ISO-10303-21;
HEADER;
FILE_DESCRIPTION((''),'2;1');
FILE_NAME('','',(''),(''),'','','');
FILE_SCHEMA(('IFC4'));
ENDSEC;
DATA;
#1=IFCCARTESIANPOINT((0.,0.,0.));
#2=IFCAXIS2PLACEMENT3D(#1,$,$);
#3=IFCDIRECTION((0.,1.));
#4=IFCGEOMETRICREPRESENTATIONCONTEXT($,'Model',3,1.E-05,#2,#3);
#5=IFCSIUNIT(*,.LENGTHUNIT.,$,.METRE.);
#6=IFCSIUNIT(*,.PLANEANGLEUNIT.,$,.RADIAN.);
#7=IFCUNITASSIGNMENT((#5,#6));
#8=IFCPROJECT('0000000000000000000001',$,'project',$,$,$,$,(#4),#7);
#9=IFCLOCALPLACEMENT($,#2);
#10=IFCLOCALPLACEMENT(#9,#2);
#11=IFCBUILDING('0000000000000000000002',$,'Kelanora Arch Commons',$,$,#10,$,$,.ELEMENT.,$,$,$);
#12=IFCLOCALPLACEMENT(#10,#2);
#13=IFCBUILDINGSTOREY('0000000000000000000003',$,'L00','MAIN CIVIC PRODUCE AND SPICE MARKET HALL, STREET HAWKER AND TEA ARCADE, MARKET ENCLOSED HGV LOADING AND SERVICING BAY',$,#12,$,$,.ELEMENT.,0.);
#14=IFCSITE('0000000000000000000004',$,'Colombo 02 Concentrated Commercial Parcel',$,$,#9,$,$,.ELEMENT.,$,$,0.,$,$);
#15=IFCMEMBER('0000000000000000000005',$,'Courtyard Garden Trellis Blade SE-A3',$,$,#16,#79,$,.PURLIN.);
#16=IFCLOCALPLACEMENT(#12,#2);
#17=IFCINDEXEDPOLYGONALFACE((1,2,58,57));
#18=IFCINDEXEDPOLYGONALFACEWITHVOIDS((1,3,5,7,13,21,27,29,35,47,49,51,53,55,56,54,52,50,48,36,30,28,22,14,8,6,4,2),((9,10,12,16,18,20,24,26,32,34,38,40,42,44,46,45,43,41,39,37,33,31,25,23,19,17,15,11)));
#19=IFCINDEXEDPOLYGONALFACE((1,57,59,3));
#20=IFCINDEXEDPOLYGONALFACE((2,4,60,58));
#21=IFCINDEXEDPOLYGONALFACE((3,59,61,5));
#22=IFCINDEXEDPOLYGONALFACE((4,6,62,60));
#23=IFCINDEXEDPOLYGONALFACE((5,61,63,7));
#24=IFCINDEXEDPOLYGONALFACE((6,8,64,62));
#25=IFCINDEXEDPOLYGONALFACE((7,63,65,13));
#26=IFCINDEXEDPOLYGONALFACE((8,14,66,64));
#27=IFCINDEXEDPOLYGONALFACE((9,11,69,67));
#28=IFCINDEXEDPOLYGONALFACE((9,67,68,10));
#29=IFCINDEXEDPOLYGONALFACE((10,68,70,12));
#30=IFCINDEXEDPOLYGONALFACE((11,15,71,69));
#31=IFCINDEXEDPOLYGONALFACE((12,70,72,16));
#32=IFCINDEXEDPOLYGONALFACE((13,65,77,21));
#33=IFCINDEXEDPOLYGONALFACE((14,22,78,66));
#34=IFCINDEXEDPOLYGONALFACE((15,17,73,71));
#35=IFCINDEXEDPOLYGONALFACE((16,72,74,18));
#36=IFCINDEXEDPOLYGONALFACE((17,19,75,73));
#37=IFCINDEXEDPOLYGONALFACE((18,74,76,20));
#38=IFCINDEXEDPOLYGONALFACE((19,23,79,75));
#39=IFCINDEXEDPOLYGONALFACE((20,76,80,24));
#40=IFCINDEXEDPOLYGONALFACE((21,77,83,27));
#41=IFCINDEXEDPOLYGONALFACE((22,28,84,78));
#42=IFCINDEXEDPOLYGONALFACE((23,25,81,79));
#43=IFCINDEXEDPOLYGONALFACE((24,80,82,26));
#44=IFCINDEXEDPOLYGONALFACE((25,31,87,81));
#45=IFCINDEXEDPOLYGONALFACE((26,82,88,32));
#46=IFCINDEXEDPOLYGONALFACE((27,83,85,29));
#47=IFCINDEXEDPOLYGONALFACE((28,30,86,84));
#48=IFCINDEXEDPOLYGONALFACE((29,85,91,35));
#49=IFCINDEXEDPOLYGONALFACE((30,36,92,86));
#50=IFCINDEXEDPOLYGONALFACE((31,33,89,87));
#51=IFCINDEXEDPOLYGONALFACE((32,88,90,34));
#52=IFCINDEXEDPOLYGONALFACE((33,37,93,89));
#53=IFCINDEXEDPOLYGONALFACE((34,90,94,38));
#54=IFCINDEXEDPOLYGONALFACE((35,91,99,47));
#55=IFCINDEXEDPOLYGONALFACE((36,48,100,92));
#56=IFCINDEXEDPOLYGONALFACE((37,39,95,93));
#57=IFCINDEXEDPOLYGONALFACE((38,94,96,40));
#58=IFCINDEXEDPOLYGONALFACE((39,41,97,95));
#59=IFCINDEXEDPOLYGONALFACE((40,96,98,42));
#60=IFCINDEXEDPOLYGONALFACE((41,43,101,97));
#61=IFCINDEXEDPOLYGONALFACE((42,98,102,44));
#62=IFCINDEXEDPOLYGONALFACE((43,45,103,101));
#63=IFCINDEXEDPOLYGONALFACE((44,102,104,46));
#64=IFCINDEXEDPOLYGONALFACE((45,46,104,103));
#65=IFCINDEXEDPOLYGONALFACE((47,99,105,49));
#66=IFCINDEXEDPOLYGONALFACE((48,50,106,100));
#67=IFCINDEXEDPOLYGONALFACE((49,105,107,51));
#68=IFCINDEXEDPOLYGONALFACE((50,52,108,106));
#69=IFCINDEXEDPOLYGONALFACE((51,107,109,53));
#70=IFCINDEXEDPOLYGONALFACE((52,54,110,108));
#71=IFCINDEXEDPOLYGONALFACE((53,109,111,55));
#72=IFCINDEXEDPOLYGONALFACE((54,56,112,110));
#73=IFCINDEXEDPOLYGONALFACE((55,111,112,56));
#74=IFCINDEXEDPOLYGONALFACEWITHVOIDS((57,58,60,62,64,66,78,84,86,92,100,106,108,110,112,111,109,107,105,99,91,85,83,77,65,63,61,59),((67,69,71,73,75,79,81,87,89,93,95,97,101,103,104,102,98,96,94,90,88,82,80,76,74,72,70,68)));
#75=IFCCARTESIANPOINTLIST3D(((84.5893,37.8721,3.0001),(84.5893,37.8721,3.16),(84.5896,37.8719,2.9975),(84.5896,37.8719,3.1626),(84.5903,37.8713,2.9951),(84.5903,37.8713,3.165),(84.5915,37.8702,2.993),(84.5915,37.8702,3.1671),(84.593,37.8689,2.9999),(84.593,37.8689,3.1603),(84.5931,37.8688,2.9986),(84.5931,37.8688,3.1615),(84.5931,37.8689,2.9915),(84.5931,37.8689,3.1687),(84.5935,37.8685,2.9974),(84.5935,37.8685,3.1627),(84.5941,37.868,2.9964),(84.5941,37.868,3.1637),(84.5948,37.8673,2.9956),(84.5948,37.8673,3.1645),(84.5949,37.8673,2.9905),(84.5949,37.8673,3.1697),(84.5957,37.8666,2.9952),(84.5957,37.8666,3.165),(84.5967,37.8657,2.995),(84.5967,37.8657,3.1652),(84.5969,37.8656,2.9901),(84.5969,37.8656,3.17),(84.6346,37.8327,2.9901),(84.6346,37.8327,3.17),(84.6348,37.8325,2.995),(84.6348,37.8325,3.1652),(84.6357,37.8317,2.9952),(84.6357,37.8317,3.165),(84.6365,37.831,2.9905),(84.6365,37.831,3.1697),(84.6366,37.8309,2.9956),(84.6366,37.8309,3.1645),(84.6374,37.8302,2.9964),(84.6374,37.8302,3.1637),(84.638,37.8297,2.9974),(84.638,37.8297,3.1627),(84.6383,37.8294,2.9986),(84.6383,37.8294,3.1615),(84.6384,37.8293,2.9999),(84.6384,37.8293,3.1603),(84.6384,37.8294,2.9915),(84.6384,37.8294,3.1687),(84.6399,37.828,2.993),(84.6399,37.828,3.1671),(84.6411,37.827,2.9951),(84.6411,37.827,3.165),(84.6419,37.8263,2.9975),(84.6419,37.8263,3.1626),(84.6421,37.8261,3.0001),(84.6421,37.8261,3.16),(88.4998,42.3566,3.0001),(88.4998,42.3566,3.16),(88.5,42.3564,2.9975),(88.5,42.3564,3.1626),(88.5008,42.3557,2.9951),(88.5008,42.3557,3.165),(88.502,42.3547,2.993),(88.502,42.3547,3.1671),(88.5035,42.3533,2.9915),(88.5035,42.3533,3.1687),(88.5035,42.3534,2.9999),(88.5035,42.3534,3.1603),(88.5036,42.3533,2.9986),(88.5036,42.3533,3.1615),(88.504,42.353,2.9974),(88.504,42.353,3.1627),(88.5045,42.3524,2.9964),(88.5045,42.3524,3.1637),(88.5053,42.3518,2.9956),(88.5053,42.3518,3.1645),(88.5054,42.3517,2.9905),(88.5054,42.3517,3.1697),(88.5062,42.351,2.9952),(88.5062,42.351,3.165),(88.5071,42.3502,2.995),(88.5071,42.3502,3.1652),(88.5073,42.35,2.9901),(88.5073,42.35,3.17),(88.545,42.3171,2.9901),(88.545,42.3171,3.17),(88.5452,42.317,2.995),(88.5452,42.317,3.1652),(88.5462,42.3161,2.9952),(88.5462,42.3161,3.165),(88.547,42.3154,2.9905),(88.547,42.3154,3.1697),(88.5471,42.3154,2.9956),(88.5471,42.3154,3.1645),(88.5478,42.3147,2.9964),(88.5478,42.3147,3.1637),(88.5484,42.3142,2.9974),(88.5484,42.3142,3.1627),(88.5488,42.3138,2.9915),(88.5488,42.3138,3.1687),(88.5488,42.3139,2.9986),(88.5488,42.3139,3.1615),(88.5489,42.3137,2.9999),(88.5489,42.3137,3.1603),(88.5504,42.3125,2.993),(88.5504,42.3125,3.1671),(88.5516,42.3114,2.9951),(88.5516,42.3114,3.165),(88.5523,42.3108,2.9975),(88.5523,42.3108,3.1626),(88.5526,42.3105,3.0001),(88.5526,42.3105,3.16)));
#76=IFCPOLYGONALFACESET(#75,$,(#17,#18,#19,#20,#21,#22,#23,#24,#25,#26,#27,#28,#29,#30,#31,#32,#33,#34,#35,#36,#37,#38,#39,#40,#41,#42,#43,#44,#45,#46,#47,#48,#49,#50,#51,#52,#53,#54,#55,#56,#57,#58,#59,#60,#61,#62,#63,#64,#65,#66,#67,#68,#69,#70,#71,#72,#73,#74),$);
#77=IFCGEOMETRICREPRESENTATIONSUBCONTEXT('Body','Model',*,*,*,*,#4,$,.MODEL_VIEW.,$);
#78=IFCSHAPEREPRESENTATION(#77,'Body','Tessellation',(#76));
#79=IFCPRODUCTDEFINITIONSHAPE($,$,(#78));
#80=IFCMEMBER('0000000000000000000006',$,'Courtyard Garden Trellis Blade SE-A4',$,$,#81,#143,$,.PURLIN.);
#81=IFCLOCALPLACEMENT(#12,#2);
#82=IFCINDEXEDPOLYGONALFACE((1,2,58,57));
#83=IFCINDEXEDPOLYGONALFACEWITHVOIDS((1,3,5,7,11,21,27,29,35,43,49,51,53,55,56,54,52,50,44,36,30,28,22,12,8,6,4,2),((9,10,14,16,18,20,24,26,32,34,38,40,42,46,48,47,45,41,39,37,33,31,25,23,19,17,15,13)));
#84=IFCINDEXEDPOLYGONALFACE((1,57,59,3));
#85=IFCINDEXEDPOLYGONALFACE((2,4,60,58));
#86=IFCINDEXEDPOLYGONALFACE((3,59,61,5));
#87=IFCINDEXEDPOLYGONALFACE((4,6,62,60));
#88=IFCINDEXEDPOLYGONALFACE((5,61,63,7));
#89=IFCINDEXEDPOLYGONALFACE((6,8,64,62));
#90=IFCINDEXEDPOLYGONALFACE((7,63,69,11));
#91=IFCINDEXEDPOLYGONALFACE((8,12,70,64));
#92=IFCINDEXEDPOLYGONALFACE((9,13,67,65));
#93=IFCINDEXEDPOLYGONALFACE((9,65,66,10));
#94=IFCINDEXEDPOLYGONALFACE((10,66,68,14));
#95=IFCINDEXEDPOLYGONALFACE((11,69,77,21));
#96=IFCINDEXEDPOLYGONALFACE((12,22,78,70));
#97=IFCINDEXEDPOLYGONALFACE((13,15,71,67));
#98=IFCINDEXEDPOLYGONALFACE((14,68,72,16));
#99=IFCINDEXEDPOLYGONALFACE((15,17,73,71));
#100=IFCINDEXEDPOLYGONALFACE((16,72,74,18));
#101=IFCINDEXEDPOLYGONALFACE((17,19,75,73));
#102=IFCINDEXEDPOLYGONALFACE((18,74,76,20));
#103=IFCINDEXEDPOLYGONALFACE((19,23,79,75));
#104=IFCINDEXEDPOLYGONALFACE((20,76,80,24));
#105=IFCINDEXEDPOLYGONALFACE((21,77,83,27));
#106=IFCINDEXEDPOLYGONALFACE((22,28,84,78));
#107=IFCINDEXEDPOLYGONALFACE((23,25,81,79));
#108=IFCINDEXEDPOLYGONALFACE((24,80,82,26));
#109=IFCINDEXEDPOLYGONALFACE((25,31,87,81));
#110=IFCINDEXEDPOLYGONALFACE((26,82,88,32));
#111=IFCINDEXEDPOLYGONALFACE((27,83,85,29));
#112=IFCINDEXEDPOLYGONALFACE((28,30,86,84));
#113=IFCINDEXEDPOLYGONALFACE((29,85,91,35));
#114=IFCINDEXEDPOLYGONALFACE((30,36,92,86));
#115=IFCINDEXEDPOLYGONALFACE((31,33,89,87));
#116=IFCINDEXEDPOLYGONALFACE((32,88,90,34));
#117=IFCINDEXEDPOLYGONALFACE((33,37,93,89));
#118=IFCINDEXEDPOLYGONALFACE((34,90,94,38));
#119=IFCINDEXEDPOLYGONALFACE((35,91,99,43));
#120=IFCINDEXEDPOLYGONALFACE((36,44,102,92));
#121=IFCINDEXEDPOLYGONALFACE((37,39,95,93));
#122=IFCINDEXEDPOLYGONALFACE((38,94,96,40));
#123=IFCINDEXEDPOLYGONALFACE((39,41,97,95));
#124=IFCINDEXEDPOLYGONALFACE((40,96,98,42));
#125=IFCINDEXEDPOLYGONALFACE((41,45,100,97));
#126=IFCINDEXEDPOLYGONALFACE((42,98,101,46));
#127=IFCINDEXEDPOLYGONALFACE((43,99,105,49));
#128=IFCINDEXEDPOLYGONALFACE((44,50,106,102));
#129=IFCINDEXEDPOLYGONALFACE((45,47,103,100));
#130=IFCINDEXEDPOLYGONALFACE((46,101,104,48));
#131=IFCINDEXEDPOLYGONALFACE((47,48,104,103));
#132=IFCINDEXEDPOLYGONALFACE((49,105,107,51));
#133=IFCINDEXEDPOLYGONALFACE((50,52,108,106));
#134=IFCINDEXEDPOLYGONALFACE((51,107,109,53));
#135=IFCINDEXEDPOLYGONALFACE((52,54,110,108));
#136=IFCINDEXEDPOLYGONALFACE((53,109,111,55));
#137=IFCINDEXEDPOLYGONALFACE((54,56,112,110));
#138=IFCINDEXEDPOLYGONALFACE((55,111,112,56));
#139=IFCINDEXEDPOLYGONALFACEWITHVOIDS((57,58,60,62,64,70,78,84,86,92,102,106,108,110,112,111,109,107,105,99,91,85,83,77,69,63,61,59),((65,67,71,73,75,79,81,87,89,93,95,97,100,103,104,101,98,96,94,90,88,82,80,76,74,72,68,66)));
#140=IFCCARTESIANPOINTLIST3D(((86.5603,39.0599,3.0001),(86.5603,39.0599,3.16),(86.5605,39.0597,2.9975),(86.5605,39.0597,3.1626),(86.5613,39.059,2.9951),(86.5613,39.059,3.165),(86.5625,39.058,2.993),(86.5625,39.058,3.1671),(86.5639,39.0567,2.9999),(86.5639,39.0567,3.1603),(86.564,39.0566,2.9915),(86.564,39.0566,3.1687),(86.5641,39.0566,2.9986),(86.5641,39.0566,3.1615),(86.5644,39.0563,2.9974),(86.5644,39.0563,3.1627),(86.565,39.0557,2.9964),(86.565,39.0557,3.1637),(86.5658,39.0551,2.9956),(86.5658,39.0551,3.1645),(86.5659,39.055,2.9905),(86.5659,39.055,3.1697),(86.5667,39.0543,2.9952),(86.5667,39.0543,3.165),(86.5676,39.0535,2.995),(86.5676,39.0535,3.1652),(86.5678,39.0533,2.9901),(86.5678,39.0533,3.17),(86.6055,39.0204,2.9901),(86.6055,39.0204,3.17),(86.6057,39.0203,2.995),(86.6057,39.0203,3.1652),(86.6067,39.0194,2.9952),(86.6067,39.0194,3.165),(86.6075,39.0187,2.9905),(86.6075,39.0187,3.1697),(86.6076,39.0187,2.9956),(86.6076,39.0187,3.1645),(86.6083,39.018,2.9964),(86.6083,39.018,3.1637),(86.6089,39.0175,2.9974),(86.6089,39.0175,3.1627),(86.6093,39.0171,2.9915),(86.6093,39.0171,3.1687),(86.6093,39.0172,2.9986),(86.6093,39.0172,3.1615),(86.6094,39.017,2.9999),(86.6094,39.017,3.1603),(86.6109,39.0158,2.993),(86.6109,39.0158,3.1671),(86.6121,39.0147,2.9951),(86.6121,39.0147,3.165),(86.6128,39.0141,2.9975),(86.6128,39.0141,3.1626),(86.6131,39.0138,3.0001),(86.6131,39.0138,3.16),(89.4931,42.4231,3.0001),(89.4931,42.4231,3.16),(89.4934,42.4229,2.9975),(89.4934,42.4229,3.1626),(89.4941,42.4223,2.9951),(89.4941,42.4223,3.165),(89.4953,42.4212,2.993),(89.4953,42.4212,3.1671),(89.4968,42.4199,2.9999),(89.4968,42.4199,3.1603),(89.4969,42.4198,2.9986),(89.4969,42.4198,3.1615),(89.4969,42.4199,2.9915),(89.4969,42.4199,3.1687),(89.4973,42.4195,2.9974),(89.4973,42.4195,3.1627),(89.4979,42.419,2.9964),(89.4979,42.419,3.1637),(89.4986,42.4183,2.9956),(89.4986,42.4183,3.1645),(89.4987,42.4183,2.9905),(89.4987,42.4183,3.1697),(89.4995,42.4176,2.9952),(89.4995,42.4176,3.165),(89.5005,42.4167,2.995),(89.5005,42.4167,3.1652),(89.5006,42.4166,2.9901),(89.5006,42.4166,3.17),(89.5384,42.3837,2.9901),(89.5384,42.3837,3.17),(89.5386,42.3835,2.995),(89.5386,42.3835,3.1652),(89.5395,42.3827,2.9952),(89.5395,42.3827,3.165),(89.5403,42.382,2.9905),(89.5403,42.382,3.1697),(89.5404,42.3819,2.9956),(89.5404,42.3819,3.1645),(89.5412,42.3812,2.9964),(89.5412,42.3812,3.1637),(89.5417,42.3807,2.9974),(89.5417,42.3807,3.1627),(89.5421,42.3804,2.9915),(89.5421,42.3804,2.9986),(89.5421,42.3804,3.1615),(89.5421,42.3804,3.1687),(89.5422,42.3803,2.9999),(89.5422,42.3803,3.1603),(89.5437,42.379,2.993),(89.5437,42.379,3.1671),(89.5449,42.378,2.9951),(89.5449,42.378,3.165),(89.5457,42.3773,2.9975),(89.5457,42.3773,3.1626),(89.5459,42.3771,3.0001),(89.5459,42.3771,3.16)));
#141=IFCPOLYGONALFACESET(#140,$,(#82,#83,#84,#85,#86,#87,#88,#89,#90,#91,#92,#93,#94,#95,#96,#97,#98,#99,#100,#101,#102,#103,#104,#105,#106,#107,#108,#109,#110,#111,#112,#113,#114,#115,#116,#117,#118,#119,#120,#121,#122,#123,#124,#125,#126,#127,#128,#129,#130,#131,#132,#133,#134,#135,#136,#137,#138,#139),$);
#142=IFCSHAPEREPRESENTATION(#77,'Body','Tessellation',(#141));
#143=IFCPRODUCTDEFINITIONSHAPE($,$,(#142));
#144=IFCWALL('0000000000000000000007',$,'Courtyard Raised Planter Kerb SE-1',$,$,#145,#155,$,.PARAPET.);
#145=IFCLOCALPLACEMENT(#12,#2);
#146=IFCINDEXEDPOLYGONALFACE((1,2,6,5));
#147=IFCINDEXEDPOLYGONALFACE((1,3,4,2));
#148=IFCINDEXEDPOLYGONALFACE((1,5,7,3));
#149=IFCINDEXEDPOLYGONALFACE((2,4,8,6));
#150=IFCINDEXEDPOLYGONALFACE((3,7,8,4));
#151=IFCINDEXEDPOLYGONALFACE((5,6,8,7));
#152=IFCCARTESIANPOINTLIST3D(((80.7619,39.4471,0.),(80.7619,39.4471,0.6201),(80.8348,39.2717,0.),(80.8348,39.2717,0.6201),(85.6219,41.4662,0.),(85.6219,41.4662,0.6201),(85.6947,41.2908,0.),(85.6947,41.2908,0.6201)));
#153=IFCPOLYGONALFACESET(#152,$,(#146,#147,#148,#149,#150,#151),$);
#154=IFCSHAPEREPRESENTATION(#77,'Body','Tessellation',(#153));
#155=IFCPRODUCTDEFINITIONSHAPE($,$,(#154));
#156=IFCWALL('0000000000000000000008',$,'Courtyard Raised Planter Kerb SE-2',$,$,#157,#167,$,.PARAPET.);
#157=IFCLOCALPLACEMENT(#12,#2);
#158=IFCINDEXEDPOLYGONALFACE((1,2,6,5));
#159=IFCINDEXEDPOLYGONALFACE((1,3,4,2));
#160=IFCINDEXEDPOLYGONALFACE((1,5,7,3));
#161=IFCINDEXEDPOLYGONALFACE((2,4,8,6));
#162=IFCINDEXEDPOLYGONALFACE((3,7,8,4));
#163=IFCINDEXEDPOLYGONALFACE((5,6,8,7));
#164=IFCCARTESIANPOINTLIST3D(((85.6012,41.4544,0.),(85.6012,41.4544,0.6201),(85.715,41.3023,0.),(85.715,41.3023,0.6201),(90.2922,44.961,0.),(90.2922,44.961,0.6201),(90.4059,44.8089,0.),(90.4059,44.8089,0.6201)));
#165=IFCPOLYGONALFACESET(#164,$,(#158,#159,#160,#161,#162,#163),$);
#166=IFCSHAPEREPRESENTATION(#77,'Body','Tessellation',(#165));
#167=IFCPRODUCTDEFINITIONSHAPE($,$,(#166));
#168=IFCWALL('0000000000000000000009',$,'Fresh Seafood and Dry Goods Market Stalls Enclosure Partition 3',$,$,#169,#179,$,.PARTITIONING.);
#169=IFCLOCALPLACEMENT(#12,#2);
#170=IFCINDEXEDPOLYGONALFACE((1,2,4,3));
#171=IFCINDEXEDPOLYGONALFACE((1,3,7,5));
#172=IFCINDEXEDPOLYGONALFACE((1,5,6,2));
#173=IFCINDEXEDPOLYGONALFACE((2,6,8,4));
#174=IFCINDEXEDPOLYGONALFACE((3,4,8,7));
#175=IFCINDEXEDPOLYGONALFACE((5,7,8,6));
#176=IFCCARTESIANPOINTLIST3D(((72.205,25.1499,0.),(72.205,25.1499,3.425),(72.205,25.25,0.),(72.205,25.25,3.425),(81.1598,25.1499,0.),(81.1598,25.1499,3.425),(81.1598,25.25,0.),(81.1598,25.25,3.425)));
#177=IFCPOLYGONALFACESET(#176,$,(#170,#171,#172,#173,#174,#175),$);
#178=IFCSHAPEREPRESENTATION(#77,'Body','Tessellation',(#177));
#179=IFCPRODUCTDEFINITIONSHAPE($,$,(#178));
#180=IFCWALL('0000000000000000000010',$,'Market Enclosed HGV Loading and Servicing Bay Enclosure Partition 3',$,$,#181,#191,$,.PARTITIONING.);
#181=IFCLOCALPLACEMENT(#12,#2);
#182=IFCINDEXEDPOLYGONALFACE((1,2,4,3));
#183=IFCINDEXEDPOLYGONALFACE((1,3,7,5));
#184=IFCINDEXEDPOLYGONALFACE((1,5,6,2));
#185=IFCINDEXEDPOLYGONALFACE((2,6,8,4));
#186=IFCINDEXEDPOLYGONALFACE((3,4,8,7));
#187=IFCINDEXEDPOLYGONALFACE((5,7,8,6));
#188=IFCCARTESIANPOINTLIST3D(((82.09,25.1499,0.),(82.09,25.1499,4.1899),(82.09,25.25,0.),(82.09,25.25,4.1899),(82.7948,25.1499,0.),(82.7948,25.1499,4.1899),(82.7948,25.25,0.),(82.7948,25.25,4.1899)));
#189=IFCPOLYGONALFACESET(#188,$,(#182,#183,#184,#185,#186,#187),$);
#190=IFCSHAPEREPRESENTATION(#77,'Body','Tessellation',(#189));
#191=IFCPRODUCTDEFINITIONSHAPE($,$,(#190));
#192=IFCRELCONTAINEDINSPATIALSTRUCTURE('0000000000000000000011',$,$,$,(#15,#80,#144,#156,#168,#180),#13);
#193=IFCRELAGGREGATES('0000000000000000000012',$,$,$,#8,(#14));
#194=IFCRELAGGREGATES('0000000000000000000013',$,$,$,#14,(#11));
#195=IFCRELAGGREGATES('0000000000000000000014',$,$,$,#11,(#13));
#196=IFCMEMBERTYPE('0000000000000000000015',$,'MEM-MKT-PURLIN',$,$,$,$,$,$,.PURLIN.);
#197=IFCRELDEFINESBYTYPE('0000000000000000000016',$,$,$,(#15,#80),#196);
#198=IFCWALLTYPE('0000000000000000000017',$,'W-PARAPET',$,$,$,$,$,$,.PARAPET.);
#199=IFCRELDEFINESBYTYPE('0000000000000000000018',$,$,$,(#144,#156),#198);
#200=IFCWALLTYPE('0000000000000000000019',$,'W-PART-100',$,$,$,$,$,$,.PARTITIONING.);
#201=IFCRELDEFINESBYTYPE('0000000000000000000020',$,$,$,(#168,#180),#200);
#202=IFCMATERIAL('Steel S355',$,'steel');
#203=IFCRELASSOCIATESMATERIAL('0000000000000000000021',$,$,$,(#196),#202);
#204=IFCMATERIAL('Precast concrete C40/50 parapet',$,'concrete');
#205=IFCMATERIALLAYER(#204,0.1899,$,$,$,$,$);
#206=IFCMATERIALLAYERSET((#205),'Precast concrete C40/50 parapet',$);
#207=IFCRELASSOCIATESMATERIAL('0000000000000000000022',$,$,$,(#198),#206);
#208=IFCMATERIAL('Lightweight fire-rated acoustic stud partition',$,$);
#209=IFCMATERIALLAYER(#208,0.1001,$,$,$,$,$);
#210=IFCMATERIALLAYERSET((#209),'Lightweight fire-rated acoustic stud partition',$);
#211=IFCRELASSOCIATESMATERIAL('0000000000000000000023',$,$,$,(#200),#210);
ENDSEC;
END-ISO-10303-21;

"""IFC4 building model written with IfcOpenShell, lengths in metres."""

from ifc_helpers import new_model, si_unit, direction, frame, frame_2d, origin, origin_2d, place, context, subcontext, project, spatial, rectangle, hollow_rectangle, extrude, material, layer, layer_set, material_profile, profile_set, type_object, element, save


model = new_model("IFC4")

# Units and contexts
model_context = context("Model", 3, precision=1e-05, world=origin(), true_north=direction((0.0, 1.0)))
body_context = subcontext(model_context, "Body", "Model", "MODEL_VIEW")
ifc_project = project(units=[si_unit("LENGTHUNIT", "METRE"), si_unit("PLANEANGLEUNIT", "RADIAN")], contexts=[model_context])

# Site, building, storey
site_placement = place(None, origin())
site = spatial("IfcSite", under=ifc_project, at=site_placement, Name="Colombo 02 Concentrated Commercial Parcel", CompositionType="ELEMENT", RefElevation=0.0)
building_placement = place(site_placement, origin())
building = spatial("IfcBuilding", under=site, at=building_placement, Name="Kelanora Arch Commons", CompositionType="ELEMENT")
storey_placement = place(building_placement, origin())
storey = spatial("IfcBuildingStorey", under=building, at=storey_placement, Name="L00", Description="MAIN CIVIC PRODUCE AND SPICE MARKET HALL, STREET HAWKER AND TEA ARCADE, MARKET ENCLOSED HGV LOADING AND SERVICING BAY", CompositionType="ELEMENT", Elevation=0.0)

# Shared definitions
ifc_material_1 = material(Name="Steel S355", Category="steel")

# Members
ifc_material_profile_1 = material_profile(ifc_material_1, hollow_rectangle(XDim=0.0701, YDim=0.1799, WallThickness=0.0049, InnerFilletRadius=0.0049, OuterFilletRadius=0.01, at=origin_2d()), Name="RHS180x70x5")
ifc_profile_set_1 = profile_set([ifc_material_profile_1], Name="Steel S355")
member_type_1 = type_object("IfcMemberType", Name="MEM-MKT-PURLIN", PredefinedType="PURLIN", material=ifc_profile_set_1)
member_1_placement = place(storey_placement, frame((84.6157, 37.8491, 3.0801), z_axis=(0.657225, 0.753694, 0.0), x_axis=(-0.753694, 0.657225, 0.0)))
element("IfcMember", 1, at=member_1_placement, inside=storey, type_object=member_type_1, Name="Courtyard Garden Trellis Blade SE-A3", PredefinedType="PURLIN", context=body_context, shape_type="SweptSolid", body=[
    extrude(hollow_rectangle(XDim=0.0701, YDim=0.1799, WallThickness=0.0049, InnerFilletRadius=0.0049, OuterFilletRadius=0.01, at=origin_2d()), origin(), (0.0, 0.0, 1.0), 5.95),
])
member_2_placement = place(storey_placement, frame((86.5867, 39.0369, 3.0801), z_axis=(0.657233, 0.753687, 0.0), x_axis=(-0.753687, 0.657233, 0.0)))
element("IfcMember", 2, at=member_2_placement, inside=storey, type_object=member_type_1, Name="Courtyard Garden Trellis Blade SE-A4", PredefinedType="PURLIN", context=body_context, shape_type="SweptSolid", body=[
    extrude(hollow_rectangle(XDim=0.0701, YDim=0.1799, WallThickness=0.0049, InnerFilletRadius=0.0049, OuterFilletRadius=0.01, at=origin_2d()), origin(), (0.0, 0.0, 1.0), 4.4624),
])

# Walls
ifc_material_2 = material(Name="Precast concrete C40/50 parapet", Category="concrete")
ifc_layer_1 = layer(ifc_material_2, 0.1899)
ifc_layer_set_1 = layer_set([ifc_layer_1], Name="Precast concrete C40/50 parapet")
wall_type_1 = type_object("IfcWallType", Name="W-PARAPET", PredefinedType="PARAPET", material=ifc_layer_set_1)
wall_1_placement = place(storey_placement, frame((80.7983, 39.3594, 0.0), z_axis=(0.0, 0.0, 1.0), x_axis=(0.923474, 0.38366, 0.0)))
element("IfcWall", 3, at=wall_1_placement, inside=storey, type_object=wall_type_1, Name="Courtyard Raised Planter Kerb SE-1", PredefinedType="PARAPET", context=body_context, shape_type="SweptSolid", body=[
    extrude(rectangle(XDim=5.2627, YDim=0.1899, at=frame_2d((2.6313, 0.0))), origin(), (0.0, 0.0, 1.0), 0.6201),
])
wall_2_placement = place(storey_placement, frame((85.6582, 41.3784, 0.0), z_axis=(0.0, 0.0, 1.0), x_axis=(0.800949, 0.598732, 0.0)))
element("IfcWall", 4, at=wall_2_placement, inside=storey, type_object=wall_type_1, Name="Courtyard Raised Planter Kerb SE-2", PredefinedType="PARAPET", context=body_context, shape_type="SweptSolid", body=[
    extrude(rectangle(XDim=5.8567, YDim=0.1899, at=frame_2d((2.9282, 0.0))), origin(), (0.0, 0.0, 1.0), 0.6201),
])
ifc_material_3 = material(Name="Lightweight fire-rated acoustic stud partition")
ifc_layer_2 = layer(ifc_material_3, 0.1001)
ifc_layer_set_2 = layer_set([ifc_layer_2], Name="Lightweight fire-rated acoustic stud partition")
wall_type_2 = type_object("IfcWallType", Name="W-PART-100", PredefinedType="PARTITIONING", material=ifc_layer_set_2)
wall_3_placement = place(storey_placement, frame((81.1599, 25.2, 0.0), z_axis=(0.0, 0.0, 1.0), x_axis=(-1.0, 0.0, 0.0)))
element("IfcWall", 5, at=wall_3_placement, inside=storey, type_object=wall_type_2, Name="Fresh Seafood and Dry Goods Market Stalls Enclosure Partition 3", PredefinedType="PARTITIONING", context=body_context, shape_type="SweptSolid", body=[
    extrude(rectangle(XDim=8.9548, YDim=0.1001, at=frame_2d((4.4775, 0.0))), origin(), (0.0, 0.0, 1.0), 3.425),
])
wall_4_placement = place(storey_placement, frame((82.7949, 25.2, 0.0), z_axis=(0.0, 0.0, 1.0), x_axis=(-1.0, 0.0, 0.0)))
element("IfcWall", 6, at=wall_4_placement, inside=storey, type_object=wall_type_2, Name="Market Enclosed HGV Loading and Servicing Bay Enclosure Partition 3", PredefinedType="PARTITIONING", context=body_context, shape_type="SweptSolid", body=[
    extrude(rectangle(XDim=0.7048, YDim=0.1001, at=frame_2d((0.3525, 0.0))), origin(), (0.0, 0.0, 1.0), 4.1899),
])

save(model, "model.ifc")
